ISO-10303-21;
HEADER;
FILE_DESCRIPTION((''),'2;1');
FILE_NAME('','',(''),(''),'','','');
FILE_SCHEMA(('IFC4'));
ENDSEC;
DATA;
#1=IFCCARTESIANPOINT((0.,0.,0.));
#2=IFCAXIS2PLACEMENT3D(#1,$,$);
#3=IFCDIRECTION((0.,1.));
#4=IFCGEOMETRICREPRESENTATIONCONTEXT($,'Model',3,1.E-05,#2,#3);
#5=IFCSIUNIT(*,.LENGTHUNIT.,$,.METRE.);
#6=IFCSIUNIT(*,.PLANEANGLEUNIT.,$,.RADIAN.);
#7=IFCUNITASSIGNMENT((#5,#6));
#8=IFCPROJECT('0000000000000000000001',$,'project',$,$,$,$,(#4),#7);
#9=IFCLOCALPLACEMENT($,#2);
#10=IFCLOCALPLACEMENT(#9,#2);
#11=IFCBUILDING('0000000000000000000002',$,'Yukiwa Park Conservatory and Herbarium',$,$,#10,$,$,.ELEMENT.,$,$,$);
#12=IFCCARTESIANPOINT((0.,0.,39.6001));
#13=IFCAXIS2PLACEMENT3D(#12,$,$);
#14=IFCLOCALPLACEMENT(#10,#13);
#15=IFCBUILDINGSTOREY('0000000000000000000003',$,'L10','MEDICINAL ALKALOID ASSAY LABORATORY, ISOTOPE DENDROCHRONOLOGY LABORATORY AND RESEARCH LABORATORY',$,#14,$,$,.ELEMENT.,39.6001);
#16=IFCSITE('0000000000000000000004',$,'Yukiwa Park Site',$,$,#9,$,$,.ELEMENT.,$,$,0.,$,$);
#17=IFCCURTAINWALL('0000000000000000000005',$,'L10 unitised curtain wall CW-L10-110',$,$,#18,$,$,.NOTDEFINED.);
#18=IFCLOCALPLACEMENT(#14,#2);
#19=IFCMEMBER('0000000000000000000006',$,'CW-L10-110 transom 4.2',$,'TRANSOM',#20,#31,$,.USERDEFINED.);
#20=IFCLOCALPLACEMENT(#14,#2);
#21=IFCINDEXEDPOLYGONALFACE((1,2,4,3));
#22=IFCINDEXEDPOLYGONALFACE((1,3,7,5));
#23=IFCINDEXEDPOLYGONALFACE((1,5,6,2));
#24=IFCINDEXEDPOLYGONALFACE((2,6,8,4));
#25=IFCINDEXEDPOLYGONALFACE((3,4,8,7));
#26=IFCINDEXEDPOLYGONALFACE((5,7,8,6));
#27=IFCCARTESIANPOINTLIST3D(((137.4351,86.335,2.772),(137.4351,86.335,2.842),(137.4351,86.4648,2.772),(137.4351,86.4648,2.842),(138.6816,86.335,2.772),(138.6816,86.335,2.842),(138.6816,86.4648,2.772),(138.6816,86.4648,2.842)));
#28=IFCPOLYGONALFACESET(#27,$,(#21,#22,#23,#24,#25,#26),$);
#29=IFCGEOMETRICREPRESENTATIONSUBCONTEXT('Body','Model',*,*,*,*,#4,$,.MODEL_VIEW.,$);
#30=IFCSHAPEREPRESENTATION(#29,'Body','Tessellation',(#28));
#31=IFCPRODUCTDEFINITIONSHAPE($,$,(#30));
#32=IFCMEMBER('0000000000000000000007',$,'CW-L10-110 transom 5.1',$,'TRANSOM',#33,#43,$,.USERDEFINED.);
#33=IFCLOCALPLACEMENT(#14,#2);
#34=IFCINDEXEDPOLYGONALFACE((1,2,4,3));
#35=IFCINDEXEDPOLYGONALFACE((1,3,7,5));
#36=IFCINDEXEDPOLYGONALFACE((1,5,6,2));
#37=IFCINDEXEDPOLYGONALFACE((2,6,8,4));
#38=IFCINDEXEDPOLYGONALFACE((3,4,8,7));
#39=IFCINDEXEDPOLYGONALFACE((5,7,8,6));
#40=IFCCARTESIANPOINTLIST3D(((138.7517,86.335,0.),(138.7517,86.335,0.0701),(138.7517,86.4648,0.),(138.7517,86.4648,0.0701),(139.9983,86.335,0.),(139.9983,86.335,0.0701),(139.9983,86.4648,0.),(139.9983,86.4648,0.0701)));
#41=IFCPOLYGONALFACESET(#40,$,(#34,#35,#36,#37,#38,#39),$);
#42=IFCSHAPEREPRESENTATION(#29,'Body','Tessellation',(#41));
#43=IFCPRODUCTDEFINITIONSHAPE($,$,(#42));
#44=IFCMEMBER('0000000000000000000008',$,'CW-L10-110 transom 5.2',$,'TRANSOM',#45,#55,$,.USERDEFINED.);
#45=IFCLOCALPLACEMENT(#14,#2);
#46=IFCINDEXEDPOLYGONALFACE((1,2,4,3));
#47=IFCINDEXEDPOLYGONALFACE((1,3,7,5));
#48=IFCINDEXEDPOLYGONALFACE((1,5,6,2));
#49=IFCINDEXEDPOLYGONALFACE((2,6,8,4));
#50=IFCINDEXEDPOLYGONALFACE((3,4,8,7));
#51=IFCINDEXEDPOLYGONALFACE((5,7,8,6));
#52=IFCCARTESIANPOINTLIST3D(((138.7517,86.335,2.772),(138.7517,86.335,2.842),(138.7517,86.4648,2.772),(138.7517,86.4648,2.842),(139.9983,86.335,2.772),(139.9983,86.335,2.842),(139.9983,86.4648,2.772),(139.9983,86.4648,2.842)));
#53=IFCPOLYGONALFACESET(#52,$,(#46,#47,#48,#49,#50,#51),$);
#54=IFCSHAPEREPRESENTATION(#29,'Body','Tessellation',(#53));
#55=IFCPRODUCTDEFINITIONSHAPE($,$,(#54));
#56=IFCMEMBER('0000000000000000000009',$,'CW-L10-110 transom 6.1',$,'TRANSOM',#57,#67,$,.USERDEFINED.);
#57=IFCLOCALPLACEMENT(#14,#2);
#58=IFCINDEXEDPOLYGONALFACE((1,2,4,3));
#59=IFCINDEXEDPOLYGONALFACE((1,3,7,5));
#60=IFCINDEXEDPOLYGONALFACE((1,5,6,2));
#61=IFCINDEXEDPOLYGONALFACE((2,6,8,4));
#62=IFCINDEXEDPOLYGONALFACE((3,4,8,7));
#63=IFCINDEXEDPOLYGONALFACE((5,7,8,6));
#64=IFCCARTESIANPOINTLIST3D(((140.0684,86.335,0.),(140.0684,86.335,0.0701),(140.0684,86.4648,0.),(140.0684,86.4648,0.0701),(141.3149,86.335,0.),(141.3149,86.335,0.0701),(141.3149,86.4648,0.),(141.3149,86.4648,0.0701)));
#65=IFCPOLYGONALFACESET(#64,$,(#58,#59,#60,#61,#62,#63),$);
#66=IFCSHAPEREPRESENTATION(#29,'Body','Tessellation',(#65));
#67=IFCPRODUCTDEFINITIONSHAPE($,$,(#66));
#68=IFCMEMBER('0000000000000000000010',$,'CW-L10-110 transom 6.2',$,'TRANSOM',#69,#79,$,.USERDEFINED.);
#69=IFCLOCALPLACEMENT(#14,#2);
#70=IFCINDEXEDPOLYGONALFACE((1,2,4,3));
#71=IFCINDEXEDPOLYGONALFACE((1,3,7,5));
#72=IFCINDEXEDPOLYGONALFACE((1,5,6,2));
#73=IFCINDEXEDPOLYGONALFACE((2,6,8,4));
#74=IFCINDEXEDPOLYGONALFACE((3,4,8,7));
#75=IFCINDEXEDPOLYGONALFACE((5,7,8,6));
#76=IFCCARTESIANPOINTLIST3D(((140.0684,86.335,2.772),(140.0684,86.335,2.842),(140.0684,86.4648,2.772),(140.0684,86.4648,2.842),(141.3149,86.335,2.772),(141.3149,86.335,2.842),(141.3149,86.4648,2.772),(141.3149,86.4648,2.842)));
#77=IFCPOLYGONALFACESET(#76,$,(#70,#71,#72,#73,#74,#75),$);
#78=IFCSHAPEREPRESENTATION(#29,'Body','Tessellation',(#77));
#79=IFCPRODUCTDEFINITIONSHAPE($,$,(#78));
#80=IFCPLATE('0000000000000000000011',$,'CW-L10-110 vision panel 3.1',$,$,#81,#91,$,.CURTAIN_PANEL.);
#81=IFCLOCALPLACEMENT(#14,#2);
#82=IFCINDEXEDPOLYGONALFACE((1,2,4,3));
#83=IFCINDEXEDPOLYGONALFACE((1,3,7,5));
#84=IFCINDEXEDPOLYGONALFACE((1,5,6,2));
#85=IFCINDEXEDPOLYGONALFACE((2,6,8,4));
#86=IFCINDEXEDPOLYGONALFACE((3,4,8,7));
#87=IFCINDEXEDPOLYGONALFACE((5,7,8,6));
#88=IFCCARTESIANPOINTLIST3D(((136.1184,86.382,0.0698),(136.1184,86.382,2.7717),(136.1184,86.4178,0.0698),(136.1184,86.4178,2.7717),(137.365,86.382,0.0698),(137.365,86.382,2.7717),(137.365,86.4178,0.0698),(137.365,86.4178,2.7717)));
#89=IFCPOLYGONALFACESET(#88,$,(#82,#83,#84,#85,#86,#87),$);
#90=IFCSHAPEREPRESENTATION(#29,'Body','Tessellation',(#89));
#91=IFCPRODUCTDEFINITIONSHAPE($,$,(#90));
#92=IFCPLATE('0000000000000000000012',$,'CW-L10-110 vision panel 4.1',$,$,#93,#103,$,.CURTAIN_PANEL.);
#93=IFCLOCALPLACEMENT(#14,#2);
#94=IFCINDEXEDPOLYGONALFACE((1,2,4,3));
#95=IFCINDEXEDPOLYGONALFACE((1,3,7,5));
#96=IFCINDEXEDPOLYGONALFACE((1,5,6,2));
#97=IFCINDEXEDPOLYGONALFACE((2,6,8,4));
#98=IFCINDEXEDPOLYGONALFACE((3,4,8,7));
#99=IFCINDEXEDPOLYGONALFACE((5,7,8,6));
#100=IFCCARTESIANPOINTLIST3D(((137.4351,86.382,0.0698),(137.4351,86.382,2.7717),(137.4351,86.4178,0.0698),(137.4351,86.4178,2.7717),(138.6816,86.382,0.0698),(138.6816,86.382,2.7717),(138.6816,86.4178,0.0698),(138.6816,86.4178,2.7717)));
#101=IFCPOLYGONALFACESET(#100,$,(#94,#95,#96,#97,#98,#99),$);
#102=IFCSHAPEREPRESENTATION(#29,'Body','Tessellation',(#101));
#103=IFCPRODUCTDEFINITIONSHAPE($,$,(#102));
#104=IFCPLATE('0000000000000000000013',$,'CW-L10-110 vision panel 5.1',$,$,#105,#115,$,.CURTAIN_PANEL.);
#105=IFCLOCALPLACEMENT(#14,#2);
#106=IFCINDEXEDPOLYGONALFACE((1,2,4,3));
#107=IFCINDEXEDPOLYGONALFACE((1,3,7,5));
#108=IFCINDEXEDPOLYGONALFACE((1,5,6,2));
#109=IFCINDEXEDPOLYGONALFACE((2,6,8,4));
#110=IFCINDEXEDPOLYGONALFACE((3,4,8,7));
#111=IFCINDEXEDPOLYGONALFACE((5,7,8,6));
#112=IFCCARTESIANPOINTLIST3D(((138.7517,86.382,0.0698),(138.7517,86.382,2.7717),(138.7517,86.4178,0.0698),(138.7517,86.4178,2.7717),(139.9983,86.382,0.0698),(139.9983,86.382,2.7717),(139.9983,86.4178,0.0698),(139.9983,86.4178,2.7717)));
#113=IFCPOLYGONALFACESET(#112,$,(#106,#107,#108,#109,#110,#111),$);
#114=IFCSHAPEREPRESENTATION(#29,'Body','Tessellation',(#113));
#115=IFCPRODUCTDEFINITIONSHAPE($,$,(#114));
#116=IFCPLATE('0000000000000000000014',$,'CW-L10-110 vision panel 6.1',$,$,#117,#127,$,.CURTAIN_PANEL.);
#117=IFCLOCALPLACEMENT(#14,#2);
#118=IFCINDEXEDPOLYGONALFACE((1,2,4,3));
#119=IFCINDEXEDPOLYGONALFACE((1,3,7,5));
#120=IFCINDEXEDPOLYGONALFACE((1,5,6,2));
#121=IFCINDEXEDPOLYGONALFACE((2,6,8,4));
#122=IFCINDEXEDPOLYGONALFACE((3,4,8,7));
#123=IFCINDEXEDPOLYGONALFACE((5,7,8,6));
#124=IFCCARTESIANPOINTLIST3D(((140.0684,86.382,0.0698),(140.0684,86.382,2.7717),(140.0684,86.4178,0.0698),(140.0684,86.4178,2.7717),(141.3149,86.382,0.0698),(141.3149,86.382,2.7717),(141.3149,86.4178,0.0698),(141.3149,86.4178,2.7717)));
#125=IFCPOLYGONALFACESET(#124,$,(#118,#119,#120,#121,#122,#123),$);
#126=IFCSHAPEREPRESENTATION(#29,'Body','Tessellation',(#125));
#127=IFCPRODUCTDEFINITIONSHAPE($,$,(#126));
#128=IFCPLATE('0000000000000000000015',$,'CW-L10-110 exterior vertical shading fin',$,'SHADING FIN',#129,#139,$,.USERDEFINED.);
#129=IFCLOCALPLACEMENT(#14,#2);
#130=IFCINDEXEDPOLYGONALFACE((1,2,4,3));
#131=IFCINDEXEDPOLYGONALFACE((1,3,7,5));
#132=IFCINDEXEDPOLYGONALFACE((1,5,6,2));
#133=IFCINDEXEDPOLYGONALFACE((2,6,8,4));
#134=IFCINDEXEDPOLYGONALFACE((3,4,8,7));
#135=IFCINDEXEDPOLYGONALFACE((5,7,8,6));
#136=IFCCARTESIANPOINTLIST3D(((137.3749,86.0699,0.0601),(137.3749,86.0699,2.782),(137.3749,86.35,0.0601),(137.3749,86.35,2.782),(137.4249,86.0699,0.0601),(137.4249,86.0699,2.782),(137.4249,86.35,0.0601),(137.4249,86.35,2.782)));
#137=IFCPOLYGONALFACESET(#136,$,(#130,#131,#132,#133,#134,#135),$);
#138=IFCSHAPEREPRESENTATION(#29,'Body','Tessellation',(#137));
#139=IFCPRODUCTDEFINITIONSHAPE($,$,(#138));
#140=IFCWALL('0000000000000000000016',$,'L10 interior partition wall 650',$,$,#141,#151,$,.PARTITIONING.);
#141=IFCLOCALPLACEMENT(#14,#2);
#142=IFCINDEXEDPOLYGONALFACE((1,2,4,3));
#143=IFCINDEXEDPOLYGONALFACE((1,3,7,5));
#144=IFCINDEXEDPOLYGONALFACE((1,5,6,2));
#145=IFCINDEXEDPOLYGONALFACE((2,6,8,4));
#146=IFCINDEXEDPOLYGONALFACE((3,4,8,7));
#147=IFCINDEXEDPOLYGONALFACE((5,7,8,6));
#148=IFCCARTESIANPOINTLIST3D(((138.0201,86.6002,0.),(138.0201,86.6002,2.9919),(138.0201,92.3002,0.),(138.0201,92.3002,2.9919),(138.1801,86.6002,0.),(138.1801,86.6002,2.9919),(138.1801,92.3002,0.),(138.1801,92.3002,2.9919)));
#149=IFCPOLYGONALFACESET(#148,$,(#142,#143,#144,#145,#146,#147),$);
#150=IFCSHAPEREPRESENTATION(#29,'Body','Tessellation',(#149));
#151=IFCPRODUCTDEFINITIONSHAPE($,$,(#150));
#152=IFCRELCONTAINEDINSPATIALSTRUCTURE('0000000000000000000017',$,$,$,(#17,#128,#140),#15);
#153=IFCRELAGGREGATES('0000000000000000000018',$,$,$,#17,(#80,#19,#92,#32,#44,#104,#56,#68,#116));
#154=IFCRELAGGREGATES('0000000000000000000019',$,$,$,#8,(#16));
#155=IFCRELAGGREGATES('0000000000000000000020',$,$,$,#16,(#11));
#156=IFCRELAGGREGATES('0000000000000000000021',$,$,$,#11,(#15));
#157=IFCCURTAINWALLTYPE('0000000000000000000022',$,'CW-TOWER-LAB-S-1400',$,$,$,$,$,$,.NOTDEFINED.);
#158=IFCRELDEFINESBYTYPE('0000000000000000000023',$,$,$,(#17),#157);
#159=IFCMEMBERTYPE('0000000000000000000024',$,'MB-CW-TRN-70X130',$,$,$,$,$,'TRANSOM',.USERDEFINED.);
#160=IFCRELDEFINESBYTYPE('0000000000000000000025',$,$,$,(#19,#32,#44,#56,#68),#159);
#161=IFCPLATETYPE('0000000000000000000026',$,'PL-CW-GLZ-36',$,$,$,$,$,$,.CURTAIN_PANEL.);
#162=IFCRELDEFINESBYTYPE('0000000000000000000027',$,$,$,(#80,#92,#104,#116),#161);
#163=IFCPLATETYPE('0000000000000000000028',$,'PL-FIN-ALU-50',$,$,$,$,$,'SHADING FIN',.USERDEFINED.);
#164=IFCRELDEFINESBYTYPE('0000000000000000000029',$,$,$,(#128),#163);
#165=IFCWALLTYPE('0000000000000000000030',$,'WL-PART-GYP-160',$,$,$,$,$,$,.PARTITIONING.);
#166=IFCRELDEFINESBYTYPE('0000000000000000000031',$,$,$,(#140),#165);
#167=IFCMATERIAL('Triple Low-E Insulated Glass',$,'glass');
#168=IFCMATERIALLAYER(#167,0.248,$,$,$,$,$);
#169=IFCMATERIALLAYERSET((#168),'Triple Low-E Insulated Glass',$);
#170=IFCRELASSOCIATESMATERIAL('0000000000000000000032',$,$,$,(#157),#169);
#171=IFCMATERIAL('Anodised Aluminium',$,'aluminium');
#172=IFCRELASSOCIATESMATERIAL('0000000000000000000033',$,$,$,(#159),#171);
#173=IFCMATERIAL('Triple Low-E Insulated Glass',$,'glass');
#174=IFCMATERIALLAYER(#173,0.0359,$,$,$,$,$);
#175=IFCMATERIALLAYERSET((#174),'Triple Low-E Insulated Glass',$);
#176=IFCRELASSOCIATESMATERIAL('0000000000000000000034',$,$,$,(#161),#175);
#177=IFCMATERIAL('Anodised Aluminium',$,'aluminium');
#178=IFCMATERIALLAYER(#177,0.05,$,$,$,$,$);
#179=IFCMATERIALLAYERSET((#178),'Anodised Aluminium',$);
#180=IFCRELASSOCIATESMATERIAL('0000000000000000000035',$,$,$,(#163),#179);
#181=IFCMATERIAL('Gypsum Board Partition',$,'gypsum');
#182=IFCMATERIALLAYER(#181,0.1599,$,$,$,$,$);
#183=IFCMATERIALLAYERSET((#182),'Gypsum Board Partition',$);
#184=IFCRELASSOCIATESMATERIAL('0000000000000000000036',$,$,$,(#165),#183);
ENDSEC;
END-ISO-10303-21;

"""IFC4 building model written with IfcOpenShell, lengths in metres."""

from ifc_helpers import new_model, si_unit, direction, frame, frame_2d, origin, origin_2d, place, context, subcontext, project, spatial, rectangle, extrude, material, layer, layer_set, type_object, element, aggregate, save


model = new_model("IFC4")

# Units and contexts
model_context = context("Model", 3, precision=1e-05, world=origin(), true_north=direction((0.0, 1.0)))
body_context = subcontext(model_context, "Body", "Model", "MODEL_VIEW")
ifc_project = project(units=[si_unit("LENGTHUNIT", "METRE"), si_unit("PLANEANGLEUNIT", "RADIAN")], contexts=[model_context])

# Site, building, storey
site_placement = place(None, origin())
site = spatial("IfcSite", under=ifc_project, at=site_placement, Name="Yukiwa Park Site", CompositionType="ELEMENT", RefElevation=0.0)
building_placement = place(site_placement, origin())
building = spatial("IfcBuilding", under=site, at=building_placement, Name="Yukiwa Park Conservatory and Herbarium", CompositionType="ELEMENT")
storey_placement = place(building_placement, frame((0.0, 0.0, 39.6001)))
storey = spatial("IfcBuildingStorey", under=building, at=storey_placement, Name="L10", Description="MEDICINAL ALKALOID ASSAY LABORATORY, ISOTOPE DENDROCHRONOLOGY LABORATORY AND RESEARCH LABORATORY", CompositionType="ELEMENT", Elevation=39.6001)

# Curtain wall, members, plates
ifc_material_1 = material(Name="Triple Low-E Insulated Glass", Category="glass")
ifc_layer_1 = layer(ifc_material_1, 0.248)
ifc_layer_set_1 = layer_set([ifc_layer_1], Name="Triple Low-E Insulated Glass")
curtain_wall_type = type_object("IfcCurtainWallType", Name="CW-TOWER-LAB-S-1400", PredefinedType="NOTDEFINED", material=ifc_layer_set_1)
curtain_wall_placement = place(storey_placement, origin())
curtain_wall = element("IfcCurtainWall", 1, at=curtain_wall_placement, inside=storey, type_object=curtain_wall_type, Name="L10 unitised curtain wall CW-L10-110", PredefinedType="NOTDEFINED")
ifc_material_2 = material(Name="Anodised Aluminium", Category="aluminium")
member_type_1 = type_object("IfcMemberType", Name="MB-CW-TRN-70X130", ElementType="TRANSOM", PredefinedType="USERDEFINED", material=ifc_material_2)
member_1_placement = place(storey_placement, frame((138.0583, 86.3999, 2.772), z_axis=(0.0, 0.0, 1.0), x_axis=(1.0, 0.0, 0.0)))
member_1 = element("IfcMember", 2, at=member_1_placement, type_object=member_type_1, Name="CW-L10-110 transom 4.2", ObjectType="TRANSOM", PredefinedType="USERDEFINED", context=body_context, shape_type="SweptSolid", body=[
    extrude(rectangle(XDim=1.2466, YDim=0.1299, at=origin_2d()), origin(), (0.0, 0.0, 1.0), 0.0701),
])
member_2_placement = place(storey_placement, frame((139.375, 86.3999, 0.0), z_axis=(0.0, 0.0, 1.0), x_axis=(1.0, 0.0, 0.0)))
member_2 = element("IfcMember", 3, at=member_2_placement, type_object=member_type_1, Name="CW-L10-110 transom 5.1", ObjectType="TRANSOM", PredefinedType="USERDEFINED", context=body_context, shape_type="SweptSolid", body=[
    extrude(rectangle(XDim=1.2466, YDim=0.1299, at=origin_2d()), origin(), (0.0, 0.0, 1.0), 0.0701),
])
member_3_placement = place(storey_placement, frame((139.375, 86.3999, 2.772), z_axis=(0.0, 0.0, 1.0), x_axis=(1.0, 0.0, 0.0)))
member_3 = element("IfcMember", 4, at=member_3_placement, type_object=member_type_1, Name="CW-L10-110 transom 5.2", ObjectType="TRANSOM", PredefinedType="USERDEFINED", context=body_context, shape_type="SweptSolid", body=[
    extrude(rectangle(XDim=1.2466, YDim=0.1299, at=origin_2d()), origin(), (0.0, 0.0, 1.0), 0.0701),
])
member_4_placement = place(storey_placement, frame((140.6917, 86.3999, 0.0), z_axis=(0.0, 0.0, 1.0), x_axis=(1.0, 0.0, 0.0)))
member_4 = element("IfcMember", 5, at=member_4_placement, type_object=member_type_1, Name="CW-L10-110 transom 6.1", ObjectType="TRANSOM", PredefinedType="USERDEFINED", context=body_context, shape_type="SweptSolid", body=[
    extrude(rectangle(XDim=1.2466, YDim=0.1299, at=origin_2d()), origin(), (0.0, 0.0, 1.0), 0.0701),
])
member_5_placement = place(storey_placement, frame((140.6917, 86.3999, 2.772), z_axis=(0.0, 0.0, 1.0), x_axis=(1.0, 0.0, 0.0)))
member_5 = element("IfcMember", 6, at=member_5_placement, type_object=member_type_1, Name="CW-L10-110 transom 6.2", ObjectType="TRANSOM", PredefinedType="USERDEFINED", context=body_context, shape_type="SweptSolid", body=[
    extrude(rectangle(XDim=1.2466, YDim=0.1299, at=origin_2d()), origin(), (0.0, 0.0, 1.0), 0.0701),
])
ifc_material_3 = material(Name="Triple Low-E Insulated Glass", Category="glass")
ifc_layer_2 = layer(ifc_material_3, 0.0359)
ifc_layer_set_2 = layer_set([ifc_layer_2], Name="Triple Low-E Insulated Glass")
plate_type_1 = type_object("IfcPlateType", Name="PL-CW-GLZ-36", PredefinedType="CURTAIN_PANEL", material=ifc_layer_set_2)
plate_1_placement = place(storey_placement, frame((136.7417, 86.3999, 0.0698), z_axis=(0.0, 0.0, 1.0), x_axis=(1.0, 0.0, 0.0)))
plate_1 = element("IfcPlate", 7, at=plate_1_placement, type_object=plate_type_1, Name="CW-L10-110 vision panel 3.1", PredefinedType="CURTAIN_PANEL", context=body_context, shape_type="SweptSolid", body=[
    extrude(rectangle(XDim=1.2466, YDim=0.0359, at=origin_2d()), origin(), (0.0, 0.0, 1.0), 2.7019),
])
plate_2_placement = place(storey_placement, frame((138.0583, 86.3999, 0.0698), z_axis=(0.0, 0.0, 1.0), x_axis=(1.0, 0.0, 0.0)))
plate_2 = element("IfcPlate", 8, at=plate_2_placement, type_object=plate_type_1, Name="CW-L10-110 vision panel 4.1", PredefinedType="CURTAIN_PANEL", context=body_context, shape_type="SweptSolid", body=[
    extrude(rectangle(XDim=1.2466, YDim=0.0359, at=origin_2d()), origin(), (0.0, 0.0, 1.0), 2.7019),
])
plate_3_placement = place(storey_placement, frame((139.375, 86.3999, 0.0698), z_axis=(0.0, 0.0, 1.0), x_axis=(1.0, 0.0, 0.0)))
plate_3 = element("IfcPlate", 9, at=plate_3_placement, type_object=plate_type_1, Name="CW-L10-110 vision panel 5.1", PredefinedType="CURTAIN_PANEL", context=body_context, shape_type="SweptSolid", body=[
    extrude(rectangle(XDim=1.2466, YDim=0.0359, at=origin_2d()), origin(), (0.0, 0.0, 1.0), 2.7019),
])
plate_4_placement = place(storey_placement, frame((140.6917, 86.3999, 0.0698), z_axis=(0.0, 0.0, 1.0), x_axis=(1.0, 0.0, 0.0)))
plate_4 = element("IfcPlate", 10, at=plate_4_placement, type_object=plate_type_1, Name="CW-L10-110 vision panel 6.1", PredefinedType="CURTAIN_PANEL", context=body_context, shape_type="SweptSolid", body=[
    extrude(rectangle(XDim=1.2466, YDim=0.0359, at=origin_2d()), origin(), (0.0, 0.0, 1.0), 2.7019),
])
aggregate(curtain_wall, [plate_1, member_1, plate_2, member_2, member_3, plate_3, member_4, member_5, plate_4])

# Plate
ifc_material_4 = material(Name="Anodised Aluminium", Category="aluminium")
ifc_layer_3 = layer(ifc_material_4, 0.05)
ifc_layer_set_3 = layer_set([ifc_layer_3], Name="Anodised Aluminium")
plate_type_2 = type_object("IfcPlateType", Name="PL-FIN-ALU-50", ElementType="SHADING FIN", PredefinedType="USERDEFINED", material=ifc_layer_set_3)
plate_5_placement = place(storey_placement, frame((137.3999, 86.21, 0.0601), z_axis=(0.0, 0.0, 1.0), x_axis=(1.0, 0.0, 0.0)))
element("IfcPlate", 11, at=plate_5_placement, inside=storey, type_object=plate_type_2, Name="CW-L10-110 exterior vertical shading fin", ObjectType="SHADING FIN", PredefinedType="USERDEFINED", context=body_context, shape_type="SweptSolid", body=[
    extrude(rectangle(XDim=0.05, YDim=0.28, at=origin_2d()), origin(), (0.0, 0.0, 1.0), 2.7219),
])

# Wall
ifc_material_5 = material(Name="Gypsum Board Partition", Category="gypsum")
ifc_layer_4 = layer(ifc_material_5, 0.1599)
ifc_layer_set_4 = layer_set([ifc_layer_4], Name="Gypsum Board Partition")
wall_type = type_object("IfcWallType", Name="WL-PART-GYP-160", PredefinedType="PARTITIONING", material=ifc_layer_set_4)
wall_placement = place(storey_placement, frame((138.1001, 86.6001, 0.0), z_axis=(0.0, 0.0, 1.0), x_axis=(0.0, 1.0, 0.0)))
element("IfcWall", 12, at=wall_placement, inside=storey, type_object=wall_type, Name="L10 interior partition wall 650", PredefinedType="PARTITIONING", context=body_context, shape_type="SweptSolid", body=[
    extrude(rectangle(XDim=5.7, YDim=0.1599, at=frame_2d((2.8501, 0.0))), origin(), (0.0, 0.0, 1.0), 2.9919),
])

save(model, "model.ifc")
